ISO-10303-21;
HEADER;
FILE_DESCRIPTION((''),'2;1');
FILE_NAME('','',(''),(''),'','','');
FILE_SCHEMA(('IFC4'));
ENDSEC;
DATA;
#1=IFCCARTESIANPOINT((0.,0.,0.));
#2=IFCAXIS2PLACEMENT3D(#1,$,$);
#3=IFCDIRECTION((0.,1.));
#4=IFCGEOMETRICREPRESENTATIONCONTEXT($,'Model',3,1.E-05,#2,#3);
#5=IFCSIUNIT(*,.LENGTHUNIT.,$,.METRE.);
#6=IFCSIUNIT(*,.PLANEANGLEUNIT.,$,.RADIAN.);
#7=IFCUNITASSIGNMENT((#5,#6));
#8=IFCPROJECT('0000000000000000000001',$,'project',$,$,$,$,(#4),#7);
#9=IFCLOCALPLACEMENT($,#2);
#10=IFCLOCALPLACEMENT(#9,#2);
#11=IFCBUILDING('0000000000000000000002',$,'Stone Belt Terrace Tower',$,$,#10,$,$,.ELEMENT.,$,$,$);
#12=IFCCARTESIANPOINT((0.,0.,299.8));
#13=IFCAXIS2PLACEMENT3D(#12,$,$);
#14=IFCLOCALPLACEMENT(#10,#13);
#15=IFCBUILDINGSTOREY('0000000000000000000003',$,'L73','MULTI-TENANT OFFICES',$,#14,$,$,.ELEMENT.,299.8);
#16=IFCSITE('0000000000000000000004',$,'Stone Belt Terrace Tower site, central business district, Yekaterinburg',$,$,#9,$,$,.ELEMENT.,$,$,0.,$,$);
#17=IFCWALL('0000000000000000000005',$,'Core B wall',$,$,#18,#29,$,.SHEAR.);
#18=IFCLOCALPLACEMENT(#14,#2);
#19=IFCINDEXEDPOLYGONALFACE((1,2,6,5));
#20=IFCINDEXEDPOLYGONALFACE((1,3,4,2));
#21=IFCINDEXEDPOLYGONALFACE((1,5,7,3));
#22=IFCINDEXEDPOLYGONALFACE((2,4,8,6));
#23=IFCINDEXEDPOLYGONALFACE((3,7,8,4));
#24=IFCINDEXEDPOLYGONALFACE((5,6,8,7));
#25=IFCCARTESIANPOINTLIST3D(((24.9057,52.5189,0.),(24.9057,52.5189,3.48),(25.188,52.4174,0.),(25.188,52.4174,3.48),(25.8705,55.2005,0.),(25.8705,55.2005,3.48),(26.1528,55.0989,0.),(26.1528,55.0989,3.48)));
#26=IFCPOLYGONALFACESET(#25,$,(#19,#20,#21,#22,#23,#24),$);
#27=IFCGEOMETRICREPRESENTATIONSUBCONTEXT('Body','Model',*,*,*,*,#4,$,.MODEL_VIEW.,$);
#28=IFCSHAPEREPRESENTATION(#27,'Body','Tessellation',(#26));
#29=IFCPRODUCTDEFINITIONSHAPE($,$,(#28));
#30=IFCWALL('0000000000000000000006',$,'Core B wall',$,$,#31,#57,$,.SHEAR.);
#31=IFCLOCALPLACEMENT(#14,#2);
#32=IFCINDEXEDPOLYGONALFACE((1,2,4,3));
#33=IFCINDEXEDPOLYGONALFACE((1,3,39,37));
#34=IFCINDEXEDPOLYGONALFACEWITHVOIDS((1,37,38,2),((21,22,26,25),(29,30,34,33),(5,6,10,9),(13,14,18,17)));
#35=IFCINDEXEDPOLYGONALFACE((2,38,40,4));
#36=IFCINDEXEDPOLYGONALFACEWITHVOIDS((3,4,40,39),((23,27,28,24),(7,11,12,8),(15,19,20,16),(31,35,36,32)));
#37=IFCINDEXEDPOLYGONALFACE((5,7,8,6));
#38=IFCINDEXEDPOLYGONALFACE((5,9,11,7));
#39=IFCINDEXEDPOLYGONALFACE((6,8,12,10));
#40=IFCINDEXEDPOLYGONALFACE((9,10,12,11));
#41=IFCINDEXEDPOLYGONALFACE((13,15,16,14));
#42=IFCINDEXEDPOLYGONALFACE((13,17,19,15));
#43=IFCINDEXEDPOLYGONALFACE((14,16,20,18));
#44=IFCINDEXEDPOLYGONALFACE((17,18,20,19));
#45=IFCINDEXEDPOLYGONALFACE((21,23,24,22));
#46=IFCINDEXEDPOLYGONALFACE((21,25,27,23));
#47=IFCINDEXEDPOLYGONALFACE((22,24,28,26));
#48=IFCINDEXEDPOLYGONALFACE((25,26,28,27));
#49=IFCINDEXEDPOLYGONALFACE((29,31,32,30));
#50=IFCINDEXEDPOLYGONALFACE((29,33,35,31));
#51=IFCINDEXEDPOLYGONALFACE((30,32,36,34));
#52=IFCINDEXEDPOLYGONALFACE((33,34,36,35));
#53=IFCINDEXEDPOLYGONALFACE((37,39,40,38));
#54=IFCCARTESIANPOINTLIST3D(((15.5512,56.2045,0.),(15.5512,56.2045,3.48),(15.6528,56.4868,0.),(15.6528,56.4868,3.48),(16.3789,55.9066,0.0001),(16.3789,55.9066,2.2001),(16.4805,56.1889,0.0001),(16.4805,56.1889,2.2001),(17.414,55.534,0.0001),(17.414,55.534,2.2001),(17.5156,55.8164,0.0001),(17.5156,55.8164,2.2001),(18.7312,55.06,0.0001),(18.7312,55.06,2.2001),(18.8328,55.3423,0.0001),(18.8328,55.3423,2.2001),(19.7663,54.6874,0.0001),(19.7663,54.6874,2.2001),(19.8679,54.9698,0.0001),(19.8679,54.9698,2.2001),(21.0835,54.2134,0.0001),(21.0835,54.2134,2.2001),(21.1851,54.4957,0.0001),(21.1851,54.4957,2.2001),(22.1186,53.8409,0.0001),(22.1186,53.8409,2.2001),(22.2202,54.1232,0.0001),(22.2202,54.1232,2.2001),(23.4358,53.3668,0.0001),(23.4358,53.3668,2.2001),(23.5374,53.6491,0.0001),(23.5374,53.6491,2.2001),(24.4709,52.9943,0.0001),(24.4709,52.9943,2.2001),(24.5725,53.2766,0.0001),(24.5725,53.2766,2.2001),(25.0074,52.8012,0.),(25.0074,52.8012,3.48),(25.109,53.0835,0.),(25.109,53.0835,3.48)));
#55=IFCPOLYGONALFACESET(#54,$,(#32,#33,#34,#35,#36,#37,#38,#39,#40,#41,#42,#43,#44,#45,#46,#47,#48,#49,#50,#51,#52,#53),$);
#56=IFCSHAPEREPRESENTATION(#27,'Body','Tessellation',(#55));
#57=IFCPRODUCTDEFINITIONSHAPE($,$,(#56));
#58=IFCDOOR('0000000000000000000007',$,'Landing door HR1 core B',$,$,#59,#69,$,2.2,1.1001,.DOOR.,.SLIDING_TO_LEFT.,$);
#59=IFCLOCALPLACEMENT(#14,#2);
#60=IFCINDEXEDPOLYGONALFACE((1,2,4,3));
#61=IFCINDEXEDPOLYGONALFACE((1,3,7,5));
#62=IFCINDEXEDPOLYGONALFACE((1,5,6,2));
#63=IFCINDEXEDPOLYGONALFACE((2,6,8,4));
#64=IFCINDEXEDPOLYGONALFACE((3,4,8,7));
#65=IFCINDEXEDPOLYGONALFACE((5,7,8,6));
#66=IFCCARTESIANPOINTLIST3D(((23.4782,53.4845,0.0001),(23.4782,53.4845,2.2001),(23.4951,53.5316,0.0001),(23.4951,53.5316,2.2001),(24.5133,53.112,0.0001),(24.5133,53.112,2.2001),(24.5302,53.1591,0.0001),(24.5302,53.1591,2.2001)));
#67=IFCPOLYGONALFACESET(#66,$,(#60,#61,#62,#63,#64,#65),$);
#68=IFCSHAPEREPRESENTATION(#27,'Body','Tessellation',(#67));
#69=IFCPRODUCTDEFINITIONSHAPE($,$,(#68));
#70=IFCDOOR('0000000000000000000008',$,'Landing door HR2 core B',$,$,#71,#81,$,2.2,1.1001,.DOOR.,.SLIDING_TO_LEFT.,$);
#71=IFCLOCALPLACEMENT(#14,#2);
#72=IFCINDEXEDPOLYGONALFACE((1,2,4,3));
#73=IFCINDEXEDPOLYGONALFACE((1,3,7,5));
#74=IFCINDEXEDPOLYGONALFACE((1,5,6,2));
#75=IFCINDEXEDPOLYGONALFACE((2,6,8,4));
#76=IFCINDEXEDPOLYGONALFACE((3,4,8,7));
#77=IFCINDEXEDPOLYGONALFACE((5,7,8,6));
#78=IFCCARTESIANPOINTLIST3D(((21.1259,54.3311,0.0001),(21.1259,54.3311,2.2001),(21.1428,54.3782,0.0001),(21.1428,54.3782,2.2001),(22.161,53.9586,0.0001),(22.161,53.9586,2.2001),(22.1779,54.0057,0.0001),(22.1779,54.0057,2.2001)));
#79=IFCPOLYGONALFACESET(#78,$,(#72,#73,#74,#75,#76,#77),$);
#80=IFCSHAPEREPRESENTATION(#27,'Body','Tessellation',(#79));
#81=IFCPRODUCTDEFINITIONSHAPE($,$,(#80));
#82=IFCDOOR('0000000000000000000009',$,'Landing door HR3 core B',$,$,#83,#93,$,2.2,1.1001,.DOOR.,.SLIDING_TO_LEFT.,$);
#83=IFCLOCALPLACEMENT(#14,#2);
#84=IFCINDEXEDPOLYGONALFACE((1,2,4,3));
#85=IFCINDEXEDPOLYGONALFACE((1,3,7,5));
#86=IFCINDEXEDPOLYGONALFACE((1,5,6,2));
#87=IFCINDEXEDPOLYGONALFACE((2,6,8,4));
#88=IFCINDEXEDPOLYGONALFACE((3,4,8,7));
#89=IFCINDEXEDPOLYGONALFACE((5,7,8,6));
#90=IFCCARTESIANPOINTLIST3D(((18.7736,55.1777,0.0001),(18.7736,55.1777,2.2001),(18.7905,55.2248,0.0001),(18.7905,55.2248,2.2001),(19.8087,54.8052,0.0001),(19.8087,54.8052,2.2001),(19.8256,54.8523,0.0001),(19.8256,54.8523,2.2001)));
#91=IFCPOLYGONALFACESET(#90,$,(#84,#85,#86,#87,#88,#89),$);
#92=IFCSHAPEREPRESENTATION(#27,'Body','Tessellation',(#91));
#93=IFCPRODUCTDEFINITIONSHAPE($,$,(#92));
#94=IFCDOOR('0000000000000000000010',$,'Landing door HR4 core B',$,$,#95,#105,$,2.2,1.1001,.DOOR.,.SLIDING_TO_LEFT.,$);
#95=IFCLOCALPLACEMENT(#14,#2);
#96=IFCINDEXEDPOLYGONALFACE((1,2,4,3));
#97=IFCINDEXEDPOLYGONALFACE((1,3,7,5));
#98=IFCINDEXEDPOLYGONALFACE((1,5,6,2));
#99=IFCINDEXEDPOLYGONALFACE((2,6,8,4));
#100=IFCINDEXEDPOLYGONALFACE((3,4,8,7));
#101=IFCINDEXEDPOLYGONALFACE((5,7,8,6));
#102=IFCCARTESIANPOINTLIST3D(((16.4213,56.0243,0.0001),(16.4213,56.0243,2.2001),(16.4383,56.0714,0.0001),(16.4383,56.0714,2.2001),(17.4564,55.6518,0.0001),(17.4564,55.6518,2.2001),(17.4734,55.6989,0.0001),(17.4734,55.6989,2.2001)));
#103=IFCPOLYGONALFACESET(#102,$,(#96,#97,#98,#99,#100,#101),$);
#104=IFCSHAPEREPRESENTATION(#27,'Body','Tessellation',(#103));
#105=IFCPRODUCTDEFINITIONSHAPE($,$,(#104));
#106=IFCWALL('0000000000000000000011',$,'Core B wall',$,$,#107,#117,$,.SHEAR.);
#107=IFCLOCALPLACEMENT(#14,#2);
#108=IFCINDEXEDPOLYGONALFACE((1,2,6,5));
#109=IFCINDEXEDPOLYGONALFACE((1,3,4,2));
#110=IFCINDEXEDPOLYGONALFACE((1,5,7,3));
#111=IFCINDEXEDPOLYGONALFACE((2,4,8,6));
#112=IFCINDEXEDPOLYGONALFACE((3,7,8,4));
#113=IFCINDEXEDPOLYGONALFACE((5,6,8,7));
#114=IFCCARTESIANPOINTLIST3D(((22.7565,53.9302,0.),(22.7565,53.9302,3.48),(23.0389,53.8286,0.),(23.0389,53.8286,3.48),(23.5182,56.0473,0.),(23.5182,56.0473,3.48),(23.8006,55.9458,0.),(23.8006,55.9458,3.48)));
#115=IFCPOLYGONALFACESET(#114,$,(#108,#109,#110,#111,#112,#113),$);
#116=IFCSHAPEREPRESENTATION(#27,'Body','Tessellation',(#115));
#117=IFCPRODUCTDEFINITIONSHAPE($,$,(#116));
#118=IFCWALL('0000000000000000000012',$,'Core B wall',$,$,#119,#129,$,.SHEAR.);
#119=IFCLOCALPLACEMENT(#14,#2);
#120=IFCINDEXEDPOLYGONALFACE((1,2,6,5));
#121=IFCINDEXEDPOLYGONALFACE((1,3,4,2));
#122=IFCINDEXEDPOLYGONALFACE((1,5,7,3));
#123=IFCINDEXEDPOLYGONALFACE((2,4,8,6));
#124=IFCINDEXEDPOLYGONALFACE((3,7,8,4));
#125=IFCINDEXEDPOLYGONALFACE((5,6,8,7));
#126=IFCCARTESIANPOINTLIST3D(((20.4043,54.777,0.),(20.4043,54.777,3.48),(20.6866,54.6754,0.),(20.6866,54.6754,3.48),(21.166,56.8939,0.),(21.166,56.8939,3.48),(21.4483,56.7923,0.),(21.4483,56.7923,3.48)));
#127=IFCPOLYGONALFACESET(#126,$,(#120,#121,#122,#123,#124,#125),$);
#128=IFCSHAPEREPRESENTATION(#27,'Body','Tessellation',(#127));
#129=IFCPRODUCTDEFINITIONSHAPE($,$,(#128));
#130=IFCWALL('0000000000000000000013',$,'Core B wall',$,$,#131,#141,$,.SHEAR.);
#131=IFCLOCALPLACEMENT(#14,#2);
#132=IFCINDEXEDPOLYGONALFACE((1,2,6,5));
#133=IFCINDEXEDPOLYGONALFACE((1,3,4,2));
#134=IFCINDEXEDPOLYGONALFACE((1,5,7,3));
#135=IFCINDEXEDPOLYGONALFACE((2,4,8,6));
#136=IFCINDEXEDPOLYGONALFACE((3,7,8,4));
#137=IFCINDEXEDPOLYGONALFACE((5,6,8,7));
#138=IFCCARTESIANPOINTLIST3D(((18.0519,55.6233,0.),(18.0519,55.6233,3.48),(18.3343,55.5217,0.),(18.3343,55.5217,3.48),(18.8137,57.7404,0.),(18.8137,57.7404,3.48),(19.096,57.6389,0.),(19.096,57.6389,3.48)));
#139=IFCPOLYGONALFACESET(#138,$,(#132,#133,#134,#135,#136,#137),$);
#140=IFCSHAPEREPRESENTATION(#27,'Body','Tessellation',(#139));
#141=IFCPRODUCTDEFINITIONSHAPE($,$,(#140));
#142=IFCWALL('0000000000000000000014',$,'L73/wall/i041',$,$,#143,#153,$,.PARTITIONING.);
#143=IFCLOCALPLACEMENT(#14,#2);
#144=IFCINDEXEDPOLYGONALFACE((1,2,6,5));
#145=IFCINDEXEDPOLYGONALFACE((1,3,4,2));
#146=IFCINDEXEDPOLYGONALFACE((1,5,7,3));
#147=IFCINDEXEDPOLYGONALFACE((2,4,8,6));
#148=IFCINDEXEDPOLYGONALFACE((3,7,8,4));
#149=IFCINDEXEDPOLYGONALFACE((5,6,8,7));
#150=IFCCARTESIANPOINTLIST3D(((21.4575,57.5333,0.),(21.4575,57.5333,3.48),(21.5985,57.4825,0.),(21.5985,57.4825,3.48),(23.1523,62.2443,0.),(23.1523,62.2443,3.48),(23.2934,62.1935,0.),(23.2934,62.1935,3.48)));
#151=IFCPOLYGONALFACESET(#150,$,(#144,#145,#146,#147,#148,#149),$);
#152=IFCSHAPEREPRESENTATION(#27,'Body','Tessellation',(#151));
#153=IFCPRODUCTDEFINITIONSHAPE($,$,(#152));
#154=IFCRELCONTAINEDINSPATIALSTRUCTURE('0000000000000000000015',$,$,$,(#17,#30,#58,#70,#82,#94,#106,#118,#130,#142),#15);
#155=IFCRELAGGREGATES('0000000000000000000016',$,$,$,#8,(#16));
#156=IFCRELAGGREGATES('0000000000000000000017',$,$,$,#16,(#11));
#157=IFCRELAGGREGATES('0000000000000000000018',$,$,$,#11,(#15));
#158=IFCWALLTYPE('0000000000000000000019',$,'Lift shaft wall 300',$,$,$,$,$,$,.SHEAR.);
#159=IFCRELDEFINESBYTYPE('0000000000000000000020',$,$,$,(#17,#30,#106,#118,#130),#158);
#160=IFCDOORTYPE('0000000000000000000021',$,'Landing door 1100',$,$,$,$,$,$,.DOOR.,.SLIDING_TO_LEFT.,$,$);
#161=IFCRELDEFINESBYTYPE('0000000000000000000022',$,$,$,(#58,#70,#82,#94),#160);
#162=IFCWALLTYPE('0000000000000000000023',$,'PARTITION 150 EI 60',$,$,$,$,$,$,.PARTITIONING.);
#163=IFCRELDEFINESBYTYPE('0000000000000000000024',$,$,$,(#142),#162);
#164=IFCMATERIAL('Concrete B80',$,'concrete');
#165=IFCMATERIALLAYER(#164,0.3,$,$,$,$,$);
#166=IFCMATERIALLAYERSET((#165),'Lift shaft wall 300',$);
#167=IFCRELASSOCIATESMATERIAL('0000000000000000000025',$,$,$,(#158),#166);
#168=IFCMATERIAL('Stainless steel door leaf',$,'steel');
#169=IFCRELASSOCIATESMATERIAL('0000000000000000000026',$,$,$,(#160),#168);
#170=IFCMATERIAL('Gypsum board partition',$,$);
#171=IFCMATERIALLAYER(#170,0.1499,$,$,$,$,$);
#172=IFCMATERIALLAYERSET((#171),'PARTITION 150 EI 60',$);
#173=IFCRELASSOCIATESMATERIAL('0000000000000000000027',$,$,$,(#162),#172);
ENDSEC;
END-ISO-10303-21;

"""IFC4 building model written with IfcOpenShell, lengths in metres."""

from ifc_helpers import new_model, si_unit, direction, frame, frame_2d, origin, place, context, subcontext, project, spatial, rectangle, extrude, material, layer, layer_set, type_object, element, fill, save


model = new_model("IFC4")

# Units and contexts
model_context = context("Model", 3, precision=1e-05, world=origin(), true_north=direction((0.0, 1.0)))
body_context = subcontext(model_context, "Body", "Model", "MODEL_VIEW")
ifc_project = project(units=[si_unit("LENGTHUNIT", "METRE"), si_unit("PLANEANGLEUNIT", "RADIAN")], contexts=[model_context])

# Site, building, storey
site_placement = place(None, origin())
site = spatial("IfcSite", under=ifc_project, at=site_placement, Name="Stone Belt Terrace Tower site, central business district, Yekaterinburg", CompositionType="ELEMENT", RefElevation=0.0)
building_placement = place(site_placement, origin())
building = spatial("IfcBuilding", under=site, at=building_placement, Name="Stone Belt Terrace Tower", CompositionType="ELEMENT")
storey_placement = place(building_placement, frame((0.0, 0.0, 299.8)))
storey = spatial("IfcBuildingStorey", under=building, at=storey_placement, Name="L73", Description="MULTI-TENANT OFFICES", CompositionType="ELEMENT", Elevation=299.8)

# Wall
ifc_material_1 = material(Name="Concrete B80", Category="concrete")
ifc_layer_1 = layer(ifc_material_1, 0.3)
ifc_layer_set_1 = layer_set([ifc_layer_1], Name="Lift shaft wall 300")
wall_type_1 = type_object("IfcWallType", Name="Lift shaft wall 300", PredefinedType="SHEAR", material=ifc_layer_set_1)
wall_1_placement = place(storey_placement, frame((25.0469, 52.4683, 0.0), z_axis=(0.0, 0.0, 1.0), x_axis=(0.33855, 0.940949, 0.0)))
element("IfcWall", 1, at=wall_1_placement, inside=storey, type_object=wall_type_1, Name="Core B wall", PredefinedType="SHEAR", context=body_context, shape_type="SweptSolid", body=[
    extrude(rectangle(XDim=2.8499, YDim=0.3, at=frame_2d((1.4248, 0.0))), origin(), (0.0, 0.0, 1.0), 3.48),
])

# Wall, openings, doors
wall_2_placement = place(storey_placement, frame((25.0581, 52.9424, 0.0), z_axis=(0.0, 0.0, 1.0), x_axis=(-0.940917, 0.338636, 0.0)))
wall_2 = element("IfcWall", 2, at=wall_2_placement, inside=storey, type_object=wall_type_1, Name="Core B wall", PredefinedType="SHEAR", context=body_context, shape_type="SweptSolid", body=[
    extrude(rectangle(XDim=10.05, YDim=0.3, at=frame_2d((5.0249, 0.0))), origin(), (0.0, 0.0, 1.0), 3.48),
])
opening_1_placement = place(wall_2_placement, frame((0.5701, 0.0, 0.0)))
opening_1 = element("IfcOpeningElement", 3, at=opening_1_placement, cuts=wall_2, PredefinedType="OPENING", context=body_context, shape_type="SweptSolid", body=[
    extrude(rectangle(XDim=1.1001, YDim=2.2, at=frame_2d((0.55, 1.1001))), frame((0.0, 0.1599, 0.0), z_axis=(0.0, -1.0, 0.0), x_axis=(1.0, 0.0, 0.0)), (0.0, 0.0, 1.0), 0.3201),
])
opening_2_placement = place(wall_2_placement, frame((3.0701, 0.0, 0.0)))
opening_2 = element("IfcOpeningElement", 4, at=opening_2_placement, cuts=wall_2, PredefinedType="OPENING", context=body_context, shape_type="SweptSolid", body=[
    extrude(rectangle(XDim=1.1001, YDim=2.2, at=frame_2d((0.55, 1.1001))), frame((0.0, 0.1599, 0.0), z_axis=(0.0, -1.0, 0.0), x_axis=(1.0, 0.0, 0.0)), (0.0, 0.0, 1.0), 0.3201),
])
opening_3_placement = place(wall_2_placement, frame((5.5701, 0.0, 0.0)))
opening_3 = element("IfcOpeningElement", 5, at=opening_3_placement, cuts=wall_2, PredefinedType="OPENING", context=body_context, shape_type="SweptSolid", body=[
    extrude(rectangle(XDim=1.1001, YDim=2.2, at=frame_2d((0.55, 1.1001))), frame((0.0, 0.1599, 0.0), z_axis=(0.0, -1.0, 0.0), x_axis=(1.0, 0.0, 0.0)), (0.0, 0.0, 1.0), 0.3201),
])
opening_4_placement = place(wall_2_placement, frame((8.0701, 0.0, 0.0)))
opening_4 = element("IfcOpeningElement", 6, at=opening_4_placement, cuts=wall_2, PredefinedType="OPENING", context=body_context, shape_type="SweptSolid", body=[
    extrude(rectangle(XDim=1.1001, YDim=2.2, at=frame_2d((0.55, 1.1001))), frame((0.0, 0.1599, 0.0), z_axis=(0.0, -1.0, 0.0), x_axis=(1.0, 0.0, 0.0)), (0.0, 0.0, 1.0), 0.3201),
])
ifc_material_2 = material(Name="Stainless steel door leaf", Category="steel")
door_type_1 = type_object("IfcDoorType", Name="Landing door 1100", OperationType="SLIDING_TO_LEFT", PredefinedType="DOOR", material=ifc_material_2)
door_1_placement = place(opening_1_placement, origin())
door_1 = element("IfcDoor", 7, at=door_1_placement, inside=storey, type_object=door_type_1, Name="Landing door HR1 core B", OperationType="SLIDING_TO_LEFT", OverallHeight=2.2, OverallWidth=1.1001, PredefinedType="DOOR", context=body_context, shape_type="SweptSolid", body=[
    extrude(rectangle(XDim=1.1001, YDim=2.2, at=frame_2d((0.55, 1.1001))), frame((0.0, 0.0249, 0.0), z_axis=(0.0, -1.0, 0.0), x_axis=(1.0, 0.0, 0.0)), (0.0, 0.0, 1.0), 0.05),
])
fill(opening_1, door_1)
door_2_placement = place(opening_2_placement, origin())
door_2 = element("IfcDoor", 8, at=door_2_placement, inside=storey, type_object=door_type_1, Name="Landing door HR2 core B", OperationType="SLIDING_TO_LEFT", OverallHeight=2.2, OverallWidth=1.1001, PredefinedType="DOOR", context=body_context, shape_type="SweptSolid", body=[
    extrude(rectangle(XDim=1.1001, YDim=2.2, at=frame_2d((0.55, 1.1001))), frame((0.0, 0.0249, 0.0), z_axis=(0.0, -1.0, 0.0), x_axis=(1.0, 0.0, 0.0)), (0.0, 0.0, 1.0), 0.05),
])
fill(opening_2, door_2)
door_3_placement = place(opening_3_placement, origin())
door_3 = element("IfcDoor", 9, at=door_3_placement, inside=storey, type_object=door_type_1, Name="Landing door HR3 core B", OperationType="SLIDING_TO_LEFT", OverallHeight=2.2, OverallWidth=1.1001, PredefinedType="DOOR", context=body_context, shape_type="SweptSolid", body=[
    extrude(rectangle(XDim=1.1001, YDim=2.2, at=frame_2d((0.55, 1.1001))), frame((0.0, 0.0249, 0.0), z_axis=(0.0, -1.0, 0.0), x_axis=(1.0, 0.0, 0.0)), (0.0, 0.0, 1.0), 0.05),
])
fill(opening_3, door_3)
door_4_placement = place(opening_4_placement, origin())
door_4 = element("IfcDoor", 10, at=door_4_placement, inside=storey, type_object=door_type_1, Name="Landing door HR4 core B", OperationType="SLIDING_TO_LEFT", OverallHeight=2.2, OverallWidth=1.1001, PredefinedType="DOOR", context=body_context, shape_type="SweptSolid", body=[
    extrude(rectangle(XDim=1.1001, YDim=2.2, at=frame_2d((0.55, 1.1001))), frame((0.0, 0.0249, 0.0), z_axis=(0.0, -1.0, 0.0), x_axis=(1.0, 0.0, 0.0)), (0.0, 0.0, 1.0), 0.05),
])
fill(opening_4, door_4)

# Walls
wall_3_placement = place(storey_placement, frame((22.8977, 53.8794, 0.0), z_axis=(0.0, 0.0, 1.0), x_axis=(0.338535, 0.940954, 0.0)))
element("IfcWall", 11, at=wall_3_placement, inside=storey, type_object=wall_type_1, Name="Core B wall", PredefinedType="SHEAR", context=body_context, shape_type="SweptSolid", body=[
    extrude(rectangle(XDim=2.25, YDim=0.3, at=frame_2d((1.125, 0.0))), origin(), (0.0, 0.0, 1.0), 3.48),
])
wall_4_placement = place(storey_placement, frame((20.5454, 54.7261, 0.0), z_axis=(0.0, 0.0, 1.0), x_axis=(0.33857, 0.940941, 0.0)))
element("IfcWall", 12, at=wall_4_placement, inside=storey, type_object=wall_type_1, Name="Core B wall", PredefinedType="SHEAR", context=body_context, shape_type="SweptSolid", body=[
    extrude(rectangle(XDim=2.2498, YDim=0.3, at=frame_2d((1.125, 0.0))), origin(), (0.0, 0.0, 1.0), 3.48),
])
wall_5_placement = place(storey_placement, frame((18.1931, 55.5725, 0.0), z_axis=(0.0, 0.0, 1.0), x_axis=(0.338535, 0.940954, 0.0)))
element("IfcWall", 13, at=wall_5_placement, inside=storey, type_object=wall_type_1, Name="Core B wall", PredefinedType="SHEAR", context=body_context, shape_type="SweptSolid", body=[
    extrude(rectangle(XDim=2.25, YDim=0.3, at=frame_2d((1.125, 0.0))), origin(), (0.0, 0.0, 1.0), 3.48),
])
ifc_material_3 = material(Name="Gypsum board partition")
ifc_layer_2 = layer(ifc_material_3, 0.1499)
ifc_layer_set_2 = layer_set([ifc_layer_2], Name="PARTITION 150 EI 60")
wall_type_2 = type_object("IfcWallType", Name="PARTITION 150 EI 60", PredefinedType="PARTITIONING", material=ifc_layer_set_2)
wall_6_placement = place(storey_placement, frame((23.2229, 62.219, 0.0), z_axis=(0.0, 0.0, 1.0), x_axis=(-0.338523, -0.940958, 0.0)))
element("IfcWall", 14, at=wall_6_placement, inside=storey, type_object=wall_type_2, Name="L73/wall/i041", PredefinedType="PARTITIONING", context=body_context, shape_type="SweptSolid", body=[
    extrude(rectangle(XDim=5.0066, YDim=0.1499, at=frame_2d((2.5034, 0.0))), origin(), (0.0, 0.0, 1.0), 3.48),
])

save(model, "model.ifc")
